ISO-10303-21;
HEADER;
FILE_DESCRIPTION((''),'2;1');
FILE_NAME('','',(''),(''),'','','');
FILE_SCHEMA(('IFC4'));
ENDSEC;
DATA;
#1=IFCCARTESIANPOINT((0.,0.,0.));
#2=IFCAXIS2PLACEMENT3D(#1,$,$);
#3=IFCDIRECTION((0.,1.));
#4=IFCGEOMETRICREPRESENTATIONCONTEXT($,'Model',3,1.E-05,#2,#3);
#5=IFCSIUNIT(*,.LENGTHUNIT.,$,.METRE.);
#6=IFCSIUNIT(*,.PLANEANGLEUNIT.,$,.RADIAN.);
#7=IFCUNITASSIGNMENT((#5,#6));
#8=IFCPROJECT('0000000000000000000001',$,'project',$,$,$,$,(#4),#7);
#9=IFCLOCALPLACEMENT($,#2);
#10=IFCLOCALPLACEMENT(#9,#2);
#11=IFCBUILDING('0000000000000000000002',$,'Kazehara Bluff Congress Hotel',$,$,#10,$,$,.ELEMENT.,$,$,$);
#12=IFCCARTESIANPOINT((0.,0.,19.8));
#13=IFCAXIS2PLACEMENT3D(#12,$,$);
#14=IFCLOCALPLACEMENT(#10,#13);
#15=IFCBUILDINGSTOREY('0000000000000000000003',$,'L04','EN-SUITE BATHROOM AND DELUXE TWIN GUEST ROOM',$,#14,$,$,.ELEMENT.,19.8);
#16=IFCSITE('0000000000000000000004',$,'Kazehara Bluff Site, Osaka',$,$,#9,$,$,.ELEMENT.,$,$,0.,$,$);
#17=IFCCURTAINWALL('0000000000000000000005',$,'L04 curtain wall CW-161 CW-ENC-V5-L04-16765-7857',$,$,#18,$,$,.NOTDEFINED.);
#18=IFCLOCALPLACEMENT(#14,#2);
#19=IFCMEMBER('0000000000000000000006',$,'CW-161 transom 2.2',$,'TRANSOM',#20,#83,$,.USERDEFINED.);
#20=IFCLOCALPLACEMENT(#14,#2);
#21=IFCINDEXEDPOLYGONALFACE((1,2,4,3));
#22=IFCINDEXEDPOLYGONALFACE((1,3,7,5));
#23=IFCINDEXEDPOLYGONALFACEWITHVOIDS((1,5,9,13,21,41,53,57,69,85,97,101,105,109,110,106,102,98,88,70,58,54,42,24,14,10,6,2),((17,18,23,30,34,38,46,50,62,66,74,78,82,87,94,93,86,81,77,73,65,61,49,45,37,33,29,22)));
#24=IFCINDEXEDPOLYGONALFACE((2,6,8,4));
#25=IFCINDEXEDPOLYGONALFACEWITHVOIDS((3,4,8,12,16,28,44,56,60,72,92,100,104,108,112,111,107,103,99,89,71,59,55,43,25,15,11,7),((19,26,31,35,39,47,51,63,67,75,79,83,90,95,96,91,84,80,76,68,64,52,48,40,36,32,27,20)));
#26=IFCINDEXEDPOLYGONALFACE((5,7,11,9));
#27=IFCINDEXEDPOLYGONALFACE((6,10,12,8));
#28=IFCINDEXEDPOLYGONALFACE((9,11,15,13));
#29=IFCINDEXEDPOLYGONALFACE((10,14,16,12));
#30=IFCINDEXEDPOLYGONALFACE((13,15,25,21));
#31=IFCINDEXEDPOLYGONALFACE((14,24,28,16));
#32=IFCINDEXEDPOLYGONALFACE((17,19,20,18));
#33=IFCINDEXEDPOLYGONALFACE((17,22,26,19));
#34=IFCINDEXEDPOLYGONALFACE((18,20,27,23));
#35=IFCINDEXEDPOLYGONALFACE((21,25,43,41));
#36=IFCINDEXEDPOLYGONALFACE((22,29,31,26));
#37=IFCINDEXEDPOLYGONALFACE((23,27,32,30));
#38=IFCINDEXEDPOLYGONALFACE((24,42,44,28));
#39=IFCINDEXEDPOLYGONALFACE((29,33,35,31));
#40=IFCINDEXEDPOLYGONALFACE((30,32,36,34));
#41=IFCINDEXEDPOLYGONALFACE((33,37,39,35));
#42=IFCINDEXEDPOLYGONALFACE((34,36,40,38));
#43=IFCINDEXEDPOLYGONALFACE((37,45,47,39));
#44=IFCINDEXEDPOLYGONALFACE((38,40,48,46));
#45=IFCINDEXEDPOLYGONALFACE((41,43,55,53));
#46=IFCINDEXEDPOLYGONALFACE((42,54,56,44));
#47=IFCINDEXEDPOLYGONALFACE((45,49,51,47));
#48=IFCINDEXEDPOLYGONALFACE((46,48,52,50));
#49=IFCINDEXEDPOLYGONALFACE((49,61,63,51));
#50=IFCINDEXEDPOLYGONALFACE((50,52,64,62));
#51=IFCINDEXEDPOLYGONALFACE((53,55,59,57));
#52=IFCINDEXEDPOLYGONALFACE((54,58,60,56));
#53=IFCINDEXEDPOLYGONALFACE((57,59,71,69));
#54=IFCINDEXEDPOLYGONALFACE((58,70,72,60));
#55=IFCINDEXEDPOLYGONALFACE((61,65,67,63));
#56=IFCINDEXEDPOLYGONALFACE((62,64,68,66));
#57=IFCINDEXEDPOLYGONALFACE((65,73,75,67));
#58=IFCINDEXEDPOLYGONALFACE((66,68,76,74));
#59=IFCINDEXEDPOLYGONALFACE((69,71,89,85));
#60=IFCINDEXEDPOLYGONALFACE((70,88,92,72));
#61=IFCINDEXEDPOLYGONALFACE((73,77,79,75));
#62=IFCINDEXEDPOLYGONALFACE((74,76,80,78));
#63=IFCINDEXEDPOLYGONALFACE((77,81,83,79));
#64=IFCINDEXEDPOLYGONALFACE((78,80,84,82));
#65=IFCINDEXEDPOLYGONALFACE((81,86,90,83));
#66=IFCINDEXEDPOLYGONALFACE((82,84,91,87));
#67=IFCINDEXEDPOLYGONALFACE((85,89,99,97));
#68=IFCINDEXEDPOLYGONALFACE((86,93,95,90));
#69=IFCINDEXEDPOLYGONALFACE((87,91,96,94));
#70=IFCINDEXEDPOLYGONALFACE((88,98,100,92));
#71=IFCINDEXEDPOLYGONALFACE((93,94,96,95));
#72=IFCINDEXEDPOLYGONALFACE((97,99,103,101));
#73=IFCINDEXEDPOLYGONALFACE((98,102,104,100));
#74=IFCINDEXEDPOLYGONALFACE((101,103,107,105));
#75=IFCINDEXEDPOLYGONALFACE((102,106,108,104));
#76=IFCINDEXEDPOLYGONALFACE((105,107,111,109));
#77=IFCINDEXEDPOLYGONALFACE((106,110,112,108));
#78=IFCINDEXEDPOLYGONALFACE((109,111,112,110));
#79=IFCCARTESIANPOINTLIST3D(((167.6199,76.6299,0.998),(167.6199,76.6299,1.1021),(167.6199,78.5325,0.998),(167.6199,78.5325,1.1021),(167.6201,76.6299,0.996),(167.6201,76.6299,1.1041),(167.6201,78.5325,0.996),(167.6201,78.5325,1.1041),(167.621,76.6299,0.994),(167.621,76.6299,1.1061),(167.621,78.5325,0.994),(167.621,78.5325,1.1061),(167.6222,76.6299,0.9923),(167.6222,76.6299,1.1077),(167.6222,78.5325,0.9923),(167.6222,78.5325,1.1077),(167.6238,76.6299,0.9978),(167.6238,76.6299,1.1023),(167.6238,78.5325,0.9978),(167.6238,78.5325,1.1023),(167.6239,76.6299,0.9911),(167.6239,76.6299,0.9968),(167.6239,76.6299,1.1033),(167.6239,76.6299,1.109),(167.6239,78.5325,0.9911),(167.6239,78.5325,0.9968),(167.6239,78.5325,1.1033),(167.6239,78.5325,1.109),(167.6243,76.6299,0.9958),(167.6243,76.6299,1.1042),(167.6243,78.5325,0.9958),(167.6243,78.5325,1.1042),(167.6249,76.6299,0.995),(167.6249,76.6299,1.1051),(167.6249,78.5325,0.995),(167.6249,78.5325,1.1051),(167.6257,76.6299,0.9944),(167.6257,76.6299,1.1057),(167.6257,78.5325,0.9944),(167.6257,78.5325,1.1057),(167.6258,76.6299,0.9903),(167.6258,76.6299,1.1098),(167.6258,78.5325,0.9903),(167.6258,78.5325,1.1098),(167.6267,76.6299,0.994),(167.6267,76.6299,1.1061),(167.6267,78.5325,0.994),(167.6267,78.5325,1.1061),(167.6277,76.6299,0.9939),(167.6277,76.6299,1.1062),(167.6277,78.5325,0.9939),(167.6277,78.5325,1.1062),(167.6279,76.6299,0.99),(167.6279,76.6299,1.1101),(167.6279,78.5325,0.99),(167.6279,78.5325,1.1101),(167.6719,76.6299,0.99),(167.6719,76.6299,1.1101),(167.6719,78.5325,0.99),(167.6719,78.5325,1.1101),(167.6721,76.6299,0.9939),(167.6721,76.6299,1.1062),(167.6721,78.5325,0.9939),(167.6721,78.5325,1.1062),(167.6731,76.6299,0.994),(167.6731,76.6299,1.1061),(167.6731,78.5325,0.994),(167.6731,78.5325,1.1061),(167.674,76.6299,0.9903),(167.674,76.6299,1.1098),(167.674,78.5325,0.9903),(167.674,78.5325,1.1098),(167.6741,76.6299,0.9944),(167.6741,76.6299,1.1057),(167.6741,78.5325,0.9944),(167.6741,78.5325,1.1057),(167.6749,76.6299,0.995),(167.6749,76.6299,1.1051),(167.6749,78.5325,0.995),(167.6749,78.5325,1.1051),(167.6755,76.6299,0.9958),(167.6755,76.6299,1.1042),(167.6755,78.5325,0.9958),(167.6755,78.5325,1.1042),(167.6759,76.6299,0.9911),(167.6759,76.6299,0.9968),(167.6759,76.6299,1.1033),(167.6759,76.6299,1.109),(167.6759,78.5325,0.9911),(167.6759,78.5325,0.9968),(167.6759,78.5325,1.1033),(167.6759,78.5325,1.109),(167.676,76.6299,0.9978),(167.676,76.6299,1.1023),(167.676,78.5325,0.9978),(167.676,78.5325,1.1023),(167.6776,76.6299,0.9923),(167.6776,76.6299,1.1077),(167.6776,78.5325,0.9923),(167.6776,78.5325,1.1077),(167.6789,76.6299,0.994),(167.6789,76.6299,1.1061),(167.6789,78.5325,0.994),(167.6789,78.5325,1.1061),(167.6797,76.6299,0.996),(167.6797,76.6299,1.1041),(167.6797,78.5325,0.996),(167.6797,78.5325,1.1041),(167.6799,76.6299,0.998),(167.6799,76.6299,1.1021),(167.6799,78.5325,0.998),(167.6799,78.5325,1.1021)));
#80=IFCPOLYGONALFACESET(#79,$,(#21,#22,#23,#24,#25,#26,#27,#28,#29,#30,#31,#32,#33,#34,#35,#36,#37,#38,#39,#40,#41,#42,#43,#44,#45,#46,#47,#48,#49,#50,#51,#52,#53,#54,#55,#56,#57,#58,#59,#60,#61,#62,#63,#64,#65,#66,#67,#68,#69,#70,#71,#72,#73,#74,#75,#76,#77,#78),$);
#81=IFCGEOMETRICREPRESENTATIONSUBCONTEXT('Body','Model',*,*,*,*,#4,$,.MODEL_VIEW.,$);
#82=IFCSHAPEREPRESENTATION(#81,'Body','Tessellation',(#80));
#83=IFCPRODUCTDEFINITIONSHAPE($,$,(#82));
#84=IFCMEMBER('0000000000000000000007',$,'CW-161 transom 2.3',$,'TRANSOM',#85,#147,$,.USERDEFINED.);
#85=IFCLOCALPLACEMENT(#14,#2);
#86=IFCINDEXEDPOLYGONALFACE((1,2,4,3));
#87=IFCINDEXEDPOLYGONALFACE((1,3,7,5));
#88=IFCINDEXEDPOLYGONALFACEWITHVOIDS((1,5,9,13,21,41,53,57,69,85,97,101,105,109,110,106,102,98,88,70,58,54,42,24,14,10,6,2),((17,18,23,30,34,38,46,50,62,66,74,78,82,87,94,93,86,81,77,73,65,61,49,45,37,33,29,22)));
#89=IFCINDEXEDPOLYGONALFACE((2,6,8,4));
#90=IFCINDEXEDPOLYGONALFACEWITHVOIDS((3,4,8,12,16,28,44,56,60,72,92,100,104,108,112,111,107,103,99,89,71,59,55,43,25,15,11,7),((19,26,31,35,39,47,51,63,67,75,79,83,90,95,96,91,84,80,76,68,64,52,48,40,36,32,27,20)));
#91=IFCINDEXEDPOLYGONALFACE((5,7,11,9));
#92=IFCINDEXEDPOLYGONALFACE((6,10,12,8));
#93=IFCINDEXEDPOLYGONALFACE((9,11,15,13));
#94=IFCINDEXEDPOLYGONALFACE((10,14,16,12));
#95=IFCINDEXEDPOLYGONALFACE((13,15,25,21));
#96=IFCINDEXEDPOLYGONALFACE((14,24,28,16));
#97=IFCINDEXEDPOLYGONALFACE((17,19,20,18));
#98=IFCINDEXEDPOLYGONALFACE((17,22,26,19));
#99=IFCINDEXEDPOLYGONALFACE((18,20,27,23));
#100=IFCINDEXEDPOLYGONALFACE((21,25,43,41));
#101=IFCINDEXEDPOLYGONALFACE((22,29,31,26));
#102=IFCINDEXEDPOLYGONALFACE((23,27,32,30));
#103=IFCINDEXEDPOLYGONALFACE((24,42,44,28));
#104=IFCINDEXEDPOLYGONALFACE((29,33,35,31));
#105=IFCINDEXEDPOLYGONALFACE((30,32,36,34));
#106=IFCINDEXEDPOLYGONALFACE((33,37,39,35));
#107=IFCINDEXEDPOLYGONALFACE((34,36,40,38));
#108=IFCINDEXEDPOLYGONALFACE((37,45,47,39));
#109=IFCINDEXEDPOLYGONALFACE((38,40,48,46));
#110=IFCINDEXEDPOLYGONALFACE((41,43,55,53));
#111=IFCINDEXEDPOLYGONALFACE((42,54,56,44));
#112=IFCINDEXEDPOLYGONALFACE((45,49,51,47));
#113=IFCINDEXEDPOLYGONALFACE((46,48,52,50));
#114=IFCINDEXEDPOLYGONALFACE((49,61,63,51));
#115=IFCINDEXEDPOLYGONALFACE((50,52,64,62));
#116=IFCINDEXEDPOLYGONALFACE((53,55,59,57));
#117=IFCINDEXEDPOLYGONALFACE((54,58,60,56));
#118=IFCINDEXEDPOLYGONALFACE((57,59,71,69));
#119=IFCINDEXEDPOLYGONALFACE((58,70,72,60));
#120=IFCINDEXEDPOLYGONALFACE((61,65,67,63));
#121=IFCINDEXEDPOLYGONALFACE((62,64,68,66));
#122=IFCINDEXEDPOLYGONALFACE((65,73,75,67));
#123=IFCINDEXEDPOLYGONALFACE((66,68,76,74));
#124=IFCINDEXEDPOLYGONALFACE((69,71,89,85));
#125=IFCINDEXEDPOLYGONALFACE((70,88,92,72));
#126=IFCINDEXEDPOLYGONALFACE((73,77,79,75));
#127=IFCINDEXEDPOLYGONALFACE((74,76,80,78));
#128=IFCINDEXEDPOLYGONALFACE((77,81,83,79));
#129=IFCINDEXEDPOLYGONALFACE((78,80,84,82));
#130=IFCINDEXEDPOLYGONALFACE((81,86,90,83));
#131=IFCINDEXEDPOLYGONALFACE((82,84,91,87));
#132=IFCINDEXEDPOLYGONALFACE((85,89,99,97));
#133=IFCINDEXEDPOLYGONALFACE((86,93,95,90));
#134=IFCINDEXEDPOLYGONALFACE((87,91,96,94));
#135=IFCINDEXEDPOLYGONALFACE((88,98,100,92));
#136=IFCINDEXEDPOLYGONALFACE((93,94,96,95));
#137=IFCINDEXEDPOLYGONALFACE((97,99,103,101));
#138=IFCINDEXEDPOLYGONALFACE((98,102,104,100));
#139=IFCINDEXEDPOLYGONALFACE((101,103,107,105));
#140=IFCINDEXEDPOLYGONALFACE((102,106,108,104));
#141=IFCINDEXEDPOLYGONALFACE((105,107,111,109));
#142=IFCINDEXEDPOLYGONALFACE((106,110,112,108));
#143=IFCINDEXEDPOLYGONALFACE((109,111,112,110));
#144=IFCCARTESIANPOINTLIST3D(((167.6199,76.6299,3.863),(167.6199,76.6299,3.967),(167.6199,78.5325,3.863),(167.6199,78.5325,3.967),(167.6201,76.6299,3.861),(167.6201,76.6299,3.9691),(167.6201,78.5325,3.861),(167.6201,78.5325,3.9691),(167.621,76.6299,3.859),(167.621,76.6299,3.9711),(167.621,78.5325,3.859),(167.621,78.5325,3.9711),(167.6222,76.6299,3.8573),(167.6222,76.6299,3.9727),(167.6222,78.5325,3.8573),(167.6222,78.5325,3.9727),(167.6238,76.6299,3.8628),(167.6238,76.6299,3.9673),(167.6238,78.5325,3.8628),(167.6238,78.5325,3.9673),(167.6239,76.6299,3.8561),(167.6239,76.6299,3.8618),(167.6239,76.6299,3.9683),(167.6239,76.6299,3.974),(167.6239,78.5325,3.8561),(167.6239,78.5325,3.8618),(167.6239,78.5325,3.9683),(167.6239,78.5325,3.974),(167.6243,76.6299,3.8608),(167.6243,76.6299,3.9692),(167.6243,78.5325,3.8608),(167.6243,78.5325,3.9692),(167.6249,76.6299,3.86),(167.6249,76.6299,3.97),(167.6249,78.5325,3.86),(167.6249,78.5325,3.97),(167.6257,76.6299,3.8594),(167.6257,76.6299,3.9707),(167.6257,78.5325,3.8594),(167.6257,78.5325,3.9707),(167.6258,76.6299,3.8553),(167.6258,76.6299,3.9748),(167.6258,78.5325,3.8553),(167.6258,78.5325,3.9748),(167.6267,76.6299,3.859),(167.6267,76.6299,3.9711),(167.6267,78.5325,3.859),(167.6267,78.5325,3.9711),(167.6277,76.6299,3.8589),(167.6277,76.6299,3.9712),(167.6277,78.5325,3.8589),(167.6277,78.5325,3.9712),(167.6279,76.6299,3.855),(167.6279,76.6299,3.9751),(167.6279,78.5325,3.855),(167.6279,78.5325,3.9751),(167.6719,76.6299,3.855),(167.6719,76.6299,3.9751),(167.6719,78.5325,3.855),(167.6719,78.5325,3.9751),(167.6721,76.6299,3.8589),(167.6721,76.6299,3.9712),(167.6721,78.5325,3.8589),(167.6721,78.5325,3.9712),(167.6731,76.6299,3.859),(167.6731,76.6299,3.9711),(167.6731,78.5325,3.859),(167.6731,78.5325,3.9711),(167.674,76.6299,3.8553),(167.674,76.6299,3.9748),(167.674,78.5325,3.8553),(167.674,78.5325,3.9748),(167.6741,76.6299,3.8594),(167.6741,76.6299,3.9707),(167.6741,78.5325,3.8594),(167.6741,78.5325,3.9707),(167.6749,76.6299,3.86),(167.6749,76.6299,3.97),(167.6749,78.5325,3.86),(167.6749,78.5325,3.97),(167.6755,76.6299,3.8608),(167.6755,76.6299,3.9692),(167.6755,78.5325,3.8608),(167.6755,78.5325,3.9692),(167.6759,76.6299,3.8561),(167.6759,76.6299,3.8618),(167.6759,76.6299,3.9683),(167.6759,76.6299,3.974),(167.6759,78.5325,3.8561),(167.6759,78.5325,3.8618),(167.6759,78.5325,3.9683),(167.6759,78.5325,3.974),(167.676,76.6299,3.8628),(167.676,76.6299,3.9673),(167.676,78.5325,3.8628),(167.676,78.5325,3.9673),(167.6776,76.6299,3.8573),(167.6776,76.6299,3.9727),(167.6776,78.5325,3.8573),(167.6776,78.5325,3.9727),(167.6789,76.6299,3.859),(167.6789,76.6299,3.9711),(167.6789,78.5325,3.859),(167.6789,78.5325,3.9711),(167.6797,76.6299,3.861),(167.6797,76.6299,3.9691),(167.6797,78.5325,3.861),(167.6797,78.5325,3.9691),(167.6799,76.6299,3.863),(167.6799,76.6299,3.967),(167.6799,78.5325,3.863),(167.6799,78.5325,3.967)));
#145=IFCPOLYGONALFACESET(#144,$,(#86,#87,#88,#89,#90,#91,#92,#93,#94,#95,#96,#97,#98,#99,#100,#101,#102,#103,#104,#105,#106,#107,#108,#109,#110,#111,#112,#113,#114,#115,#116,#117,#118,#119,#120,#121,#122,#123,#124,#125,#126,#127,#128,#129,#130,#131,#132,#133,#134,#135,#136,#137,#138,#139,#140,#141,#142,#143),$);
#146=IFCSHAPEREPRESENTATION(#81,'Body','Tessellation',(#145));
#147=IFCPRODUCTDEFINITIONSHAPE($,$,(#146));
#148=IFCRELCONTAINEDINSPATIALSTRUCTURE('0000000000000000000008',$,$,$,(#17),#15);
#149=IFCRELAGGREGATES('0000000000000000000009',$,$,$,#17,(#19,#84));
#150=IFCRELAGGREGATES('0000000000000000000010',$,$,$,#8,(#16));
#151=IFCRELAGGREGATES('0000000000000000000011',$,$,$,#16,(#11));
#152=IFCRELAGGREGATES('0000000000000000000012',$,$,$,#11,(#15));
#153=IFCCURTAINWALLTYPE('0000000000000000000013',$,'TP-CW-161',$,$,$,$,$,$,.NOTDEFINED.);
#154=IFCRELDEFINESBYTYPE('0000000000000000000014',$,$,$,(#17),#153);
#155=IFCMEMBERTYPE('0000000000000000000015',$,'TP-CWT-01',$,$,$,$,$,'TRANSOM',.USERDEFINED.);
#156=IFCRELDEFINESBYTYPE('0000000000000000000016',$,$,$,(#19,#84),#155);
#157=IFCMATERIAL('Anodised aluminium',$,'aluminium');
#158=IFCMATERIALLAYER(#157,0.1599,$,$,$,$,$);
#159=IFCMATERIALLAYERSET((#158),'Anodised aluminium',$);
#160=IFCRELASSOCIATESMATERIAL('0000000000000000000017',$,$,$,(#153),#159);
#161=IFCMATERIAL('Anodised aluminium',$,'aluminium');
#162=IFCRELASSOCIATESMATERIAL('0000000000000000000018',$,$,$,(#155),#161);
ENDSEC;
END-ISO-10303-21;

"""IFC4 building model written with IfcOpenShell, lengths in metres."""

from ifc_helpers import new_model, si_unit, direction, frame, origin, origin_2d, place, context, subcontext, project, spatial, hollow_rectangle, extrude, material, layer, layer_set, material_profile, profile_set, type_object, element, aggregate, save


model = new_model("IFC4")

# Units and contexts
model_context = context("Model", 3, precision=1e-05, world=origin(), true_north=direction((0.0, 1.0)))
body_context = subcontext(model_context, "Body", "Model", "MODEL_VIEW")
ifc_project = project(units=[si_unit("LENGTHUNIT", "METRE"), si_unit("PLANEANGLEUNIT", "RADIAN")], contexts=[model_context])

# Site, building, storey
site_placement = place(None, origin())
site = spatial("IfcSite", under=ifc_project, at=site_placement, Name="Kazehara Bluff Site, Osaka", CompositionType="ELEMENT", RefElevation=0.0)
building_placement = place(site_placement, origin())
building = spatial("IfcBuilding", under=site, at=building_placement, Name="Kazehara Bluff Congress Hotel", CompositionType="ELEMENT")
storey_placement = place(building_placement, frame((0.0, 0.0, 19.8)))
storey = spatial("IfcBuildingStorey", under=building, at=storey_placement, Name="L04", Description="EN-SUITE BATHROOM AND DELUXE TWIN GUEST ROOM", CompositionType="ELEMENT", Elevation=19.8)

# Curtain wall, members
ifc_material_1 = material(Name="Anodised aluminium", Category="aluminium")
ifc_layer_1 = layer(ifc_material_1, 0.1599)
ifc_layer_set_1 = layer_set([ifc_layer_1], Name="Anodised aluminium")
curtain_wall_type_1 = type_object("IfcCurtainWallType", Name="TP-CW-161", PredefinedType="NOTDEFINED", material=ifc_layer_set_1)
curtain_wall_1_placement = place(storey_placement, origin())
curtain_wall_1 = element("IfcCurtainWall", 1, at=curtain_wall_1_placement, inside=storey, type_object=curtain_wall_type_1, Name="L04 curtain wall CW-161 CW-ENC-V5-L04-16765-7857", PredefinedType="NOTDEFINED")
ifc_material_2 = material(Name="Anodised aluminium", Category="aluminium")
ifc_material_profile_1 = material_profile(ifc_material_2, hollow_rectangle(XDim=0.0601, YDim=0.1201, WallThickness=0.0039, InnerFilletRadius=0.0039, OuterFilletRadius=0.0081, at=origin_2d()))
ifc_profile_set_1 = profile_set([ifc_material_profile_1], Name="Anodised aluminium")
member_type_1 = type_object("IfcMemberType", Name="TP-CWT-01", ElementType="TRANSOM", PredefinedType="USERDEFINED", material=ifc_profile_set_1)
member_1_placement = place(storey_placement, frame((167.6499, 78.5325, 1.05), z_axis=(0.0, -1.0, 0.0), x_axis=(1.0, 0.0, 0.0)))
member_1 = element("IfcMember", 2, at=member_1_placement, type_object=member_type_1, Name="CW-161 transom 2.2", ObjectType="TRANSOM", PredefinedType="USERDEFINED", context=body_context, shape_type="SweptSolid", body=[
    extrude(hollow_rectangle(XDim=0.0601, YDim=0.1201, WallThickness=0.0039, InnerFilletRadius=0.0039, OuterFilletRadius=0.0081, at=origin_2d()), origin(), (0.0, 0.0, 1.0), 1.9026),
])
member_2_placement = place(storey_placement, frame((167.6499, 78.5325, 3.915), z_axis=(0.0, -1.0, 0.0), x_axis=(1.0, 0.0, 0.0)))
member_2 = element("IfcMember", 3, at=member_2_placement, type_object=member_type_1, Name="CW-161 transom 2.3", ObjectType="TRANSOM", PredefinedType="USERDEFINED", context=body_context, shape_type="SweptSolid", body=[
    extrude(hollow_rectangle(XDim=0.0601, YDim=0.1201, WallThickness=0.0039, InnerFilletRadius=0.0039, OuterFilletRadius=0.0081, at=origin_2d()), origin(), (0.0, 0.0, 1.0), 1.9026),
])

aggregate(curtain_wall_1, [member_1, member_2])

save(model, "model.ifc")
